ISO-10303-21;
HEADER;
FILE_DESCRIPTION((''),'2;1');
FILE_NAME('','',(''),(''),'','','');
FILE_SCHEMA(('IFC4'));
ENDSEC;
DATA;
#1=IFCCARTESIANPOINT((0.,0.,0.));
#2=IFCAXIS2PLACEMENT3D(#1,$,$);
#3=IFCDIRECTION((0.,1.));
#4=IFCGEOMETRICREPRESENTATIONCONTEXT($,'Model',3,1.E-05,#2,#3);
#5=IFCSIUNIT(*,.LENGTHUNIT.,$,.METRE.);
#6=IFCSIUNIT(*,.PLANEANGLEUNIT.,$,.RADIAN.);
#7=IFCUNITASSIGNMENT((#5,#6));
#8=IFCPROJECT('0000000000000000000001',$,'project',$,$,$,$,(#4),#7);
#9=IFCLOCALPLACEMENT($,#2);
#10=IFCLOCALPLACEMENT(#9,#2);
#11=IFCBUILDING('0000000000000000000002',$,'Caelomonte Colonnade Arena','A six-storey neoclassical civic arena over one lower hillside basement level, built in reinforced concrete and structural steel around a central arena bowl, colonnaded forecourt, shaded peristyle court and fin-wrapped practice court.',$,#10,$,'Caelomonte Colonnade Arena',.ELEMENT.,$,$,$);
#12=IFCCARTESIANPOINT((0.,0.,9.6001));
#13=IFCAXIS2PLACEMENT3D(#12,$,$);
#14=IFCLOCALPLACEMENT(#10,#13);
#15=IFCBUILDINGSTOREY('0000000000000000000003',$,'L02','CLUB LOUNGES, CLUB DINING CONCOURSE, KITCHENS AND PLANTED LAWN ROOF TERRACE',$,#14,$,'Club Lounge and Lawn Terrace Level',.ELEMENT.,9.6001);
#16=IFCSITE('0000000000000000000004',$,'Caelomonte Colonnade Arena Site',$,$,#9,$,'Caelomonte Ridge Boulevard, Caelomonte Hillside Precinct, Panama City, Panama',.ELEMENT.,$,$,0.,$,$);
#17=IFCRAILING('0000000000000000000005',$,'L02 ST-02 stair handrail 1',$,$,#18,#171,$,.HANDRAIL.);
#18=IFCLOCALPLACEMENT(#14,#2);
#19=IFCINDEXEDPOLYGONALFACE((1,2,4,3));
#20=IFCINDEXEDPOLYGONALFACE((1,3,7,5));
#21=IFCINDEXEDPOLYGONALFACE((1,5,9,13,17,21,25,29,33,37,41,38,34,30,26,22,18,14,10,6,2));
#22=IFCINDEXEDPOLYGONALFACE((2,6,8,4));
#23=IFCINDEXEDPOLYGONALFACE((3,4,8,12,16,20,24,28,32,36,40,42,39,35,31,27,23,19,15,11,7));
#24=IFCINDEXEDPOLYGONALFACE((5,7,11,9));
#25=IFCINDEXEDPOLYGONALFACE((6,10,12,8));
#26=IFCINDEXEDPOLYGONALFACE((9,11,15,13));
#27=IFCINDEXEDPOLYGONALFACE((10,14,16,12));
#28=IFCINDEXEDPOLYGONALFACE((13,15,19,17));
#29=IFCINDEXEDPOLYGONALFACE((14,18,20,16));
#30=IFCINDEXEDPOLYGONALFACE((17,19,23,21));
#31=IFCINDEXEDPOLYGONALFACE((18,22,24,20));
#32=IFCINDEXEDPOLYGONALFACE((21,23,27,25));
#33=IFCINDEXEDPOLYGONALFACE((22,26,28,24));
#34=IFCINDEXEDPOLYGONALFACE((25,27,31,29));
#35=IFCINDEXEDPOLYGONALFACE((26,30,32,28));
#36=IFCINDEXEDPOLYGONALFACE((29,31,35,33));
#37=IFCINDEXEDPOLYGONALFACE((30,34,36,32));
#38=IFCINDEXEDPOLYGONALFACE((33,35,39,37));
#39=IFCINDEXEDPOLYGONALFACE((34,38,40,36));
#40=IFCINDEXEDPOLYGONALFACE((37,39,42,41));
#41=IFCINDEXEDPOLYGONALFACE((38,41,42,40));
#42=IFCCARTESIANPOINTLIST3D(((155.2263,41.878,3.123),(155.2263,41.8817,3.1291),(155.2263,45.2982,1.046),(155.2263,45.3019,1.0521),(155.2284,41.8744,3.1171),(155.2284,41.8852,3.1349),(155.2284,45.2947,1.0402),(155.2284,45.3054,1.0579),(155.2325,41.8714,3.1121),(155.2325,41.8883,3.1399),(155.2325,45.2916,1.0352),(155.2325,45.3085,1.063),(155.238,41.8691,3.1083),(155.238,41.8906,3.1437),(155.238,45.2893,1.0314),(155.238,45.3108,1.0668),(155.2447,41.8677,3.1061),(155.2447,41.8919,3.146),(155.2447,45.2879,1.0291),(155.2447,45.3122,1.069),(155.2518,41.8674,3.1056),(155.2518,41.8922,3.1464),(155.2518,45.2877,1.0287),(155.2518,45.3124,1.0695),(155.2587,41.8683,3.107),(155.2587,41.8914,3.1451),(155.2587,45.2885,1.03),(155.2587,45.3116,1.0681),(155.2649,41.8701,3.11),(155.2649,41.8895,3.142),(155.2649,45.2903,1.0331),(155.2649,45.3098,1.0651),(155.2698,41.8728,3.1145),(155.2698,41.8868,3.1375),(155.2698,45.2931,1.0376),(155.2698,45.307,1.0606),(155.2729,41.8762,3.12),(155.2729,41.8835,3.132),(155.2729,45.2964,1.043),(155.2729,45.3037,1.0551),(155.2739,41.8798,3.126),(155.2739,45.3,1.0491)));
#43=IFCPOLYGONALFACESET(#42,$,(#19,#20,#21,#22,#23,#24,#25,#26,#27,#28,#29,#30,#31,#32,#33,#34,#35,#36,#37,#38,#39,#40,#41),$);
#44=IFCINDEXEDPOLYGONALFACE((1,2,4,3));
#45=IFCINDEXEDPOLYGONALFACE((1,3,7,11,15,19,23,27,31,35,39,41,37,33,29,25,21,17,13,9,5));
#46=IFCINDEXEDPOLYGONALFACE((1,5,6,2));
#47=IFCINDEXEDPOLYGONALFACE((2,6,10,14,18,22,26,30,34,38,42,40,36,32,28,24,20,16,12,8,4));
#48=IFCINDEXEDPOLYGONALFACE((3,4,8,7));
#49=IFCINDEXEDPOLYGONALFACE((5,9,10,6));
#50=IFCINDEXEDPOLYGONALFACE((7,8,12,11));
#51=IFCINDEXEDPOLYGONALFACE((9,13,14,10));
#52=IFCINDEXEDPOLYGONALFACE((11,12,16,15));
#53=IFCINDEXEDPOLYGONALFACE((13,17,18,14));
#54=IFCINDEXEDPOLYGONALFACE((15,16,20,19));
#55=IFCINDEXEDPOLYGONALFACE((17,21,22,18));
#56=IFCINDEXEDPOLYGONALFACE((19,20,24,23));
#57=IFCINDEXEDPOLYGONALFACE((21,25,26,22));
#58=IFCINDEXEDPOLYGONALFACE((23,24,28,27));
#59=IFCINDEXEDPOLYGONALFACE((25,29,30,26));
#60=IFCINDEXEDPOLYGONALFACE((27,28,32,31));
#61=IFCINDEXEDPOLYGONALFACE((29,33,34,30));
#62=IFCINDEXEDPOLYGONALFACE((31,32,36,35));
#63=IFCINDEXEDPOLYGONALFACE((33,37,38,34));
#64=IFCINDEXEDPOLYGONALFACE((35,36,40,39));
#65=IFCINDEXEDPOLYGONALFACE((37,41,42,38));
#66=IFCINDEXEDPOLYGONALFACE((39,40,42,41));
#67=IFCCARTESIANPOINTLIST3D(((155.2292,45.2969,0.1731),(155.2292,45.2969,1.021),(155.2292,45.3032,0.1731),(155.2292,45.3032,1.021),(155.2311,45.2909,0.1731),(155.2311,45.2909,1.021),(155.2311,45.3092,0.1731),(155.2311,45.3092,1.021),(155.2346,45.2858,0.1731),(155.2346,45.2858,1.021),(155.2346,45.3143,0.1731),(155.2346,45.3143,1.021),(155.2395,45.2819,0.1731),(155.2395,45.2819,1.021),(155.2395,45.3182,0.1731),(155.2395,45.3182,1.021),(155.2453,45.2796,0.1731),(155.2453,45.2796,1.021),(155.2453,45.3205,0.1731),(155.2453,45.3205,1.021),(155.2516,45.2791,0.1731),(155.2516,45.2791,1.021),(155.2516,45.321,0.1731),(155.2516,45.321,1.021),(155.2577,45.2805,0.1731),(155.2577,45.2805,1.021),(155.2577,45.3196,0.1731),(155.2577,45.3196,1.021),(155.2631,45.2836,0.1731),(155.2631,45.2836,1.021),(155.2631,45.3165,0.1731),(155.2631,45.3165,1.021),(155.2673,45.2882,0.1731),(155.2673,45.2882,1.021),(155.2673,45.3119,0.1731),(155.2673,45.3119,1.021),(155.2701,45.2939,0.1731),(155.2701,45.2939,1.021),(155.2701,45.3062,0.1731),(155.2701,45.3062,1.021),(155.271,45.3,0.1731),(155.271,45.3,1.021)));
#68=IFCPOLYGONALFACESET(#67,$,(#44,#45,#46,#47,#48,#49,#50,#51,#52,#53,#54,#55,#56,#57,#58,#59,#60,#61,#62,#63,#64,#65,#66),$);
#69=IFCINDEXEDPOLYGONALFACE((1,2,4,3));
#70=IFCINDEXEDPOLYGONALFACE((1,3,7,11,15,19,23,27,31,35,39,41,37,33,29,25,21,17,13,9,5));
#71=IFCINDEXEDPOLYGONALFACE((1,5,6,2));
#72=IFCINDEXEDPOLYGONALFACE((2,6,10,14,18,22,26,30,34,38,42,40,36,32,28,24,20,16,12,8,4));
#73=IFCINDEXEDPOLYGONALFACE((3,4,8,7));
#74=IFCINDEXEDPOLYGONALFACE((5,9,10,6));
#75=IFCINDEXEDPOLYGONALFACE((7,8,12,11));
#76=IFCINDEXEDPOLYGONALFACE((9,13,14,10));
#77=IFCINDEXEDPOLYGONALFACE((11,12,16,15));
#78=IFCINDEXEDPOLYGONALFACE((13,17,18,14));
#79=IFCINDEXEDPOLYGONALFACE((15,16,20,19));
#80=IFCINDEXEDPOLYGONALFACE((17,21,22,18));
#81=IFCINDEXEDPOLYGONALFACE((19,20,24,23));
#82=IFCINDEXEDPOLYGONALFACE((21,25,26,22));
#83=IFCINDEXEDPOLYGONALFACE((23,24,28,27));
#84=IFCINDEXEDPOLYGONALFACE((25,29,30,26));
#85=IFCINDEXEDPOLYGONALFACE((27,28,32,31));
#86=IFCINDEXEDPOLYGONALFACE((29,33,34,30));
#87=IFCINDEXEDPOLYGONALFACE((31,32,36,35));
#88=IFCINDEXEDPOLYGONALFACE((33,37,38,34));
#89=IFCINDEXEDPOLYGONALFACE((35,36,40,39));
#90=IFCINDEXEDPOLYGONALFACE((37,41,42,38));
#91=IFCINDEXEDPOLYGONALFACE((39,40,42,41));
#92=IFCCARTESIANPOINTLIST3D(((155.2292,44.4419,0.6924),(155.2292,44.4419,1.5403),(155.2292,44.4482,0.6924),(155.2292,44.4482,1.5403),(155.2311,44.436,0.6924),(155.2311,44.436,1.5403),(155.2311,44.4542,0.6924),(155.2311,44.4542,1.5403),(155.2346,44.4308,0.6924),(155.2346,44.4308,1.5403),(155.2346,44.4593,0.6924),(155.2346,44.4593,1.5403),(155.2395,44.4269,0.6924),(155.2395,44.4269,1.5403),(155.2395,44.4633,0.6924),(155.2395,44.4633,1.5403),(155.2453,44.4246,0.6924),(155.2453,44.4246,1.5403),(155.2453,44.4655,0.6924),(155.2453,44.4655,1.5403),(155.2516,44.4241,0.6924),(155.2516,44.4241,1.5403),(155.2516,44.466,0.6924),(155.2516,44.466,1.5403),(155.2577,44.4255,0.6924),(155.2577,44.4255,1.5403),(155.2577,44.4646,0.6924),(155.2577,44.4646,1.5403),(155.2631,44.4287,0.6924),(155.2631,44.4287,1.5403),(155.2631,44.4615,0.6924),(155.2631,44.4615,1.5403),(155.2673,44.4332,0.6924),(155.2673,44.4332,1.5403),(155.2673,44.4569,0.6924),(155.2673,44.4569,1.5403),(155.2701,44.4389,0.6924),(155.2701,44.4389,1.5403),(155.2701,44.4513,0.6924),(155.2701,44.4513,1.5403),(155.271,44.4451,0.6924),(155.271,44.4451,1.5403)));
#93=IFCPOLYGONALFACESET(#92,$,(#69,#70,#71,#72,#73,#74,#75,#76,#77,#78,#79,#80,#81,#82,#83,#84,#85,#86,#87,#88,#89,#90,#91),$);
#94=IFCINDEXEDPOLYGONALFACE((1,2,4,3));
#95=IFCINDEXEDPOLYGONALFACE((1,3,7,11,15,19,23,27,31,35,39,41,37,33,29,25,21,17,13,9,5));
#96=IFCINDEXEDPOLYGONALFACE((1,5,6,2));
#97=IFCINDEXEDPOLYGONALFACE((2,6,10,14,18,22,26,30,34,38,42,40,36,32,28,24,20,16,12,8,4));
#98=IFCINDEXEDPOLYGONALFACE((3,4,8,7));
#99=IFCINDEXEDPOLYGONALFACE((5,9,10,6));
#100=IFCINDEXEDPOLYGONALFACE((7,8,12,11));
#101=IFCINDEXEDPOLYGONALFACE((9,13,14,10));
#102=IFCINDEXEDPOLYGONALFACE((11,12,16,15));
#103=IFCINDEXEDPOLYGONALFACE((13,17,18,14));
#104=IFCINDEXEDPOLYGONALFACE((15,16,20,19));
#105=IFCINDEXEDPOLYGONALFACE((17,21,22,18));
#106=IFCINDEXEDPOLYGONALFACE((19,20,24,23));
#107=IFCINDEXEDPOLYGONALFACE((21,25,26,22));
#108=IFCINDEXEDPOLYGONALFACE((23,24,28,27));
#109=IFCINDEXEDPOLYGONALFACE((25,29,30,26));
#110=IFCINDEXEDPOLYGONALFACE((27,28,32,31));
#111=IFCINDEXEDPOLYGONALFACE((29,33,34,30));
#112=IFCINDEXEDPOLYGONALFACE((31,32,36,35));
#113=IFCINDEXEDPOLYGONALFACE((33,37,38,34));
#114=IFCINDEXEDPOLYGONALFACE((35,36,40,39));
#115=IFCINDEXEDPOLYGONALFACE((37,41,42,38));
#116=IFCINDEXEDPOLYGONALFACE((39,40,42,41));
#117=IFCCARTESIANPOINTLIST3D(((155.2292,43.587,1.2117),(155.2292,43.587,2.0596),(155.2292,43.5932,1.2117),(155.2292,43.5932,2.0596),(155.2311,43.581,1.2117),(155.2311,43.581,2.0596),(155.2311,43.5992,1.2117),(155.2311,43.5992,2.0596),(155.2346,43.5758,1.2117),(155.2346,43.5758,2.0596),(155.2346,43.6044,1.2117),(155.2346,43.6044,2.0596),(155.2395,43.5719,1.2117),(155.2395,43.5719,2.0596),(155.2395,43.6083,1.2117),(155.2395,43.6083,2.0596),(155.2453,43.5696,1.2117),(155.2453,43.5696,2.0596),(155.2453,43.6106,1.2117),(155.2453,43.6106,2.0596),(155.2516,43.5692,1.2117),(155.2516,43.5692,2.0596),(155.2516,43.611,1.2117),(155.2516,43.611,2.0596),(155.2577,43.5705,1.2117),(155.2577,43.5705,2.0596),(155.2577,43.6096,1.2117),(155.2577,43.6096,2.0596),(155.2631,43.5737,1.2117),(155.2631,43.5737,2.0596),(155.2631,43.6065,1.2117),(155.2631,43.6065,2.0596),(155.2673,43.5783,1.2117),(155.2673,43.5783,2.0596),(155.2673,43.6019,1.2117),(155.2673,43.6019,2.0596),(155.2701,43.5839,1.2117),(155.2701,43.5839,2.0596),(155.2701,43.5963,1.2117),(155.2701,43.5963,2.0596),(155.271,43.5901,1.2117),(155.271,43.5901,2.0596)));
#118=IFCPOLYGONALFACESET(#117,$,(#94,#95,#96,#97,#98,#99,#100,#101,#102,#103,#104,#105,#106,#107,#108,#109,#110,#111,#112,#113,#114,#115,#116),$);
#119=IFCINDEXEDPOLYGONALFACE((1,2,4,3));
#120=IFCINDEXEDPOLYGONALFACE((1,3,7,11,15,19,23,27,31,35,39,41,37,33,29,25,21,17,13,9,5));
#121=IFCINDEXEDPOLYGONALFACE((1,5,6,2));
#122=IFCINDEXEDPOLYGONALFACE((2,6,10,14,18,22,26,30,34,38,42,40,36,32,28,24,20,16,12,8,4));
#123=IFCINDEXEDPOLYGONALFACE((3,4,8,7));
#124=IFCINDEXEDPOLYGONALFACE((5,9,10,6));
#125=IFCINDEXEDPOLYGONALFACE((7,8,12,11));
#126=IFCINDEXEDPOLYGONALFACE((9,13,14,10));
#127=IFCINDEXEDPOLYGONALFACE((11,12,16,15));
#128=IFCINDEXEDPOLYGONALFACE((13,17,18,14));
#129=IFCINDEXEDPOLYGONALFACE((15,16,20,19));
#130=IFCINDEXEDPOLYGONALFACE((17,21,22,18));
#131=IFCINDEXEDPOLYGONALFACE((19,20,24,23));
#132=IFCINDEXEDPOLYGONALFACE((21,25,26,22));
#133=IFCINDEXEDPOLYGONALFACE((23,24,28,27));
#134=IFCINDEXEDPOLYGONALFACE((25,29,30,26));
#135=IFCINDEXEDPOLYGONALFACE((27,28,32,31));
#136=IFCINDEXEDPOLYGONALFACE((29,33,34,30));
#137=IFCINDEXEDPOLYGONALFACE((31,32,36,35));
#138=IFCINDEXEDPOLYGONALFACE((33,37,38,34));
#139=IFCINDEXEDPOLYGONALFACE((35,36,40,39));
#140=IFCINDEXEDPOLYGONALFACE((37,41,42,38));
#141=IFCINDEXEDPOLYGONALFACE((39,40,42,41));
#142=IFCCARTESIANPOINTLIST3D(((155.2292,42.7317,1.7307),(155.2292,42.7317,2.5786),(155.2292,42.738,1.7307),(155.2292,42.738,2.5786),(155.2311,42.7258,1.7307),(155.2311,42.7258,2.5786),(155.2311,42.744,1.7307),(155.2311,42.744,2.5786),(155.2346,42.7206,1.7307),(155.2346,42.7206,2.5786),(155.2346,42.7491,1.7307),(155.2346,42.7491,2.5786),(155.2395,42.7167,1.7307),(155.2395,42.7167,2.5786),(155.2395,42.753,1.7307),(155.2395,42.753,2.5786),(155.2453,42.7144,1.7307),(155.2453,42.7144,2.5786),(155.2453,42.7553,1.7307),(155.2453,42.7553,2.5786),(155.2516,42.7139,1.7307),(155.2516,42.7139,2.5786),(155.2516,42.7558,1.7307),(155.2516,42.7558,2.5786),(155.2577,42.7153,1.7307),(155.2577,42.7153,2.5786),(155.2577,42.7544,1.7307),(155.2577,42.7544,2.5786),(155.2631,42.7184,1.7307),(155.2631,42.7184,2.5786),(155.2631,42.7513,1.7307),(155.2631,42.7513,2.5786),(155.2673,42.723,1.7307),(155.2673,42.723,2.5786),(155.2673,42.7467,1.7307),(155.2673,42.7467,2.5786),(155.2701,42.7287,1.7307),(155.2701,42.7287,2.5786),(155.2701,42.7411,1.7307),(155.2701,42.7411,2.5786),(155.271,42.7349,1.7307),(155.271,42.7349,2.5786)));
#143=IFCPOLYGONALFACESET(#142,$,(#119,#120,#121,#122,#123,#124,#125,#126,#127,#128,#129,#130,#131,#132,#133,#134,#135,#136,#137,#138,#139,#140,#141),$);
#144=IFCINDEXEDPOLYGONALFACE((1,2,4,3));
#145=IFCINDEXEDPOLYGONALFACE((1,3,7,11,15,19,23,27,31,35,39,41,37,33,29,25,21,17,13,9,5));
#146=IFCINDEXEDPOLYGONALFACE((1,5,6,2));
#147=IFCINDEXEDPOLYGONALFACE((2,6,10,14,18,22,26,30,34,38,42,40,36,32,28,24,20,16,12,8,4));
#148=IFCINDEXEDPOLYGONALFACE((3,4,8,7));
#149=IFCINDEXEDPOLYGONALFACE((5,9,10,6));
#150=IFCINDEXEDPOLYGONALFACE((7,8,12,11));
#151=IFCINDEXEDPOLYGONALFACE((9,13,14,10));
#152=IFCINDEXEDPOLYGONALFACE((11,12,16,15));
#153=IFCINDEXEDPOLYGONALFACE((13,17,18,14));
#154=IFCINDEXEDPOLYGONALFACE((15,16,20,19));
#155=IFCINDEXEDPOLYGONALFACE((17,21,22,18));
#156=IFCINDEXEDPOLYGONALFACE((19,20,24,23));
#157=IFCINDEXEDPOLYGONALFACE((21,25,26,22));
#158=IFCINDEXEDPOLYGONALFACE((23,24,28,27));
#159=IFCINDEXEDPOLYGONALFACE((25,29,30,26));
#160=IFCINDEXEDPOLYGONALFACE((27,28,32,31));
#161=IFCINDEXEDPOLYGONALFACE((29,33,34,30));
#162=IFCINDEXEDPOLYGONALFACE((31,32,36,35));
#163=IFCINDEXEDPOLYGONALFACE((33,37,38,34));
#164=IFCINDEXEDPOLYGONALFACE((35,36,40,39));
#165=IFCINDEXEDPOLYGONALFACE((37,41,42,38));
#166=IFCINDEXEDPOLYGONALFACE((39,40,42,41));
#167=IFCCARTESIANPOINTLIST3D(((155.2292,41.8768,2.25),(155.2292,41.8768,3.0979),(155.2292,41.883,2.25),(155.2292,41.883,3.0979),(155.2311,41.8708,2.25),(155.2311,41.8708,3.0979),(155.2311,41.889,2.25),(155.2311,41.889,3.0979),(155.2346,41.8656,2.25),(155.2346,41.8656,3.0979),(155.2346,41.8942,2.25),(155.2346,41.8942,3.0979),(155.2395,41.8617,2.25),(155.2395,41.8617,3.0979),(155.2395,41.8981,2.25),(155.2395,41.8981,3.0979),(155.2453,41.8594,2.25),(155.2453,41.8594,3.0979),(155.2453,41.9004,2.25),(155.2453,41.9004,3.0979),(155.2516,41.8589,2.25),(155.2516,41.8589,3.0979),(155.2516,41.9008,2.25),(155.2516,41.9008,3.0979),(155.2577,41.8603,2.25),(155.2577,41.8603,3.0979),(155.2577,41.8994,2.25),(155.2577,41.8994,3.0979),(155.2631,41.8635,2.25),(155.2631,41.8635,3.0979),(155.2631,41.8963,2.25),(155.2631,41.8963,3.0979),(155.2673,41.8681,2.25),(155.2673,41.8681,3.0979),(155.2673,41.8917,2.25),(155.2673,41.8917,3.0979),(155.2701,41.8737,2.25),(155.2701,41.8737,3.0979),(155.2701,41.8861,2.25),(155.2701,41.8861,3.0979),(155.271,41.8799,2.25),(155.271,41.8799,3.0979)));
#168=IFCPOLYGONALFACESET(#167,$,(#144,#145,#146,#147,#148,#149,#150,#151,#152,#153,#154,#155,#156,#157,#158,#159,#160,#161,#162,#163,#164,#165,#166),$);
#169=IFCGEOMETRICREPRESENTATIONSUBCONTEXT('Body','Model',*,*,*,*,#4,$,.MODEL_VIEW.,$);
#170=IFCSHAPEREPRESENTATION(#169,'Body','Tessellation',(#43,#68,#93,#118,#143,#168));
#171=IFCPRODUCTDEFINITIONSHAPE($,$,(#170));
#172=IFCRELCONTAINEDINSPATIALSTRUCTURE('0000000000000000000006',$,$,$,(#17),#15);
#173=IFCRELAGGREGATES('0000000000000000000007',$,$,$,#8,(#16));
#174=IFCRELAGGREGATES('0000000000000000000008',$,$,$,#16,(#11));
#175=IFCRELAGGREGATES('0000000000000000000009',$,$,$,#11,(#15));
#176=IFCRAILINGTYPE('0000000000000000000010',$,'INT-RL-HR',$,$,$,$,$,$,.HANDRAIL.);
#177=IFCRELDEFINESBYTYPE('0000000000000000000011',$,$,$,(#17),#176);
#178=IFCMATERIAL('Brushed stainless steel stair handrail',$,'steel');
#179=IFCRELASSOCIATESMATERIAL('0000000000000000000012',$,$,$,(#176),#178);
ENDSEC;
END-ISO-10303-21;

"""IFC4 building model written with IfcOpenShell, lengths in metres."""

from ifc_helpers import new_model, si_unit, direction, frame, origin, origin_2d, place, context, subcontext, project, spatial, circle, extrude, material, type_object, element, save


model = new_model("IFC4")

# Units and contexts
model_context = context("Model", 3, precision=1e-05, world=origin(), true_north=direction((0.0, 1.0)))
body_context = subcontext(model_context, "Body", "Model", "MODEL_VIEW")
ifc_project = project(units=[si_unit("LENGTHUNIT", "METRE"), si_unit("PLANEANGLEUNIT", "RADIAN")], contexts=[model_context])

# Site, building, storey
site_placement = place(None, origin())
site = spatial("IfcSite", under=ifc_project, at=site_placement, Name="Caelomonte Colonnade Arena Site", LongName="Caelomonte Ridge Boulevard, Caelomonte Hillside Precinct, Panama City, Panama", CompositionType="ELEMENT", RefElevation=0.0)
building_placement = place(site_placement, origin())
building = spatial("IfcBuilding", under=site, at=building_placement, Name="Caelomonte Colonnade Arena", Description="A six-storey neoclassical civic arena over one lower hillside basement level, built in reinforced concrete and structural steel around a central arena bowl, colonnaded forecourt, shaded peristyle court and fin-wrapped practice court.", LongName="Caelomonte Colonnade Arena", CompositionType="ELEMENT")
storey_placement = place(building_placement, frame((0.0, 0.0, 9.6001)))
storey = spatial("IfcBuildingStorey", under=building, at=storey_placement, Name="L02", Description="CLUB LOUNGES, CLUB DINING CONCOURSE, KITCHENS AND PLANTED LAWN ROOF TERRACE", LongName="Club Lounge and Lawn Terrace Level", CompositionType="ELEMENT", Elevation=9.6001)

# Railing
ifc_material_1 = material(Name="Brushed stainless steel stair handrail", Category="steel")
railing_type_1 = type_object("IfcRailingType", Name="INT-RL-HR", PredefinedType="HANDRAIL", material=ifc_material_1)
railing_1_placement = place(storey_placement, frame((155.25, 45.3, 0.1731)))
element("IfcRailing", 1, at=railing_1_placement, inside=storey, type_object=railing_type_1, Name="L02 ST-02 stair handrail 1", PredefinedType="HANDRAIL", context=body_context, shape_type="SweptSolid", body=[
    extrude(circle(Radius=0.0239, at=origin_2d()), frame((0.0, 0.0, 0.876), z_axis=(0.0, -0.854746, 0.519047), x_axis=(1.0, 0.0, 0.0)), (0.0, 0.0, 1.0), 4.0015),
    extrude(circle(Radius=0.021, at=origin_2d()), origin(), (0.0, 0.0, 1.0), 0.8479),
    extrude(circle(Radius=0.021, at=origin_2d()), frame((0.0, -0.855, 0.5193)), (0.0, 0.0, 1.0), 0.8479),
    extrude(circle(Radius=0.021, at=origin_2d()), frame((0.0, -1.71, 1.0386)), (0.0, 0.0, 1.0), 0.8479),
    extrude(circle(Radius=0.021, at=origin_2d()), frame((0.0, -2.5652, 1.5576)), (0.0, 0.0, 1.0), 0.8479),
    extrude(circle(Radius=0.021, at=origin_2d()), frame((0.0, -3.4202, 2.0769)), (0.0, 0.0, 1.0), 0.8479),
])

save(model, "model.ifc")
